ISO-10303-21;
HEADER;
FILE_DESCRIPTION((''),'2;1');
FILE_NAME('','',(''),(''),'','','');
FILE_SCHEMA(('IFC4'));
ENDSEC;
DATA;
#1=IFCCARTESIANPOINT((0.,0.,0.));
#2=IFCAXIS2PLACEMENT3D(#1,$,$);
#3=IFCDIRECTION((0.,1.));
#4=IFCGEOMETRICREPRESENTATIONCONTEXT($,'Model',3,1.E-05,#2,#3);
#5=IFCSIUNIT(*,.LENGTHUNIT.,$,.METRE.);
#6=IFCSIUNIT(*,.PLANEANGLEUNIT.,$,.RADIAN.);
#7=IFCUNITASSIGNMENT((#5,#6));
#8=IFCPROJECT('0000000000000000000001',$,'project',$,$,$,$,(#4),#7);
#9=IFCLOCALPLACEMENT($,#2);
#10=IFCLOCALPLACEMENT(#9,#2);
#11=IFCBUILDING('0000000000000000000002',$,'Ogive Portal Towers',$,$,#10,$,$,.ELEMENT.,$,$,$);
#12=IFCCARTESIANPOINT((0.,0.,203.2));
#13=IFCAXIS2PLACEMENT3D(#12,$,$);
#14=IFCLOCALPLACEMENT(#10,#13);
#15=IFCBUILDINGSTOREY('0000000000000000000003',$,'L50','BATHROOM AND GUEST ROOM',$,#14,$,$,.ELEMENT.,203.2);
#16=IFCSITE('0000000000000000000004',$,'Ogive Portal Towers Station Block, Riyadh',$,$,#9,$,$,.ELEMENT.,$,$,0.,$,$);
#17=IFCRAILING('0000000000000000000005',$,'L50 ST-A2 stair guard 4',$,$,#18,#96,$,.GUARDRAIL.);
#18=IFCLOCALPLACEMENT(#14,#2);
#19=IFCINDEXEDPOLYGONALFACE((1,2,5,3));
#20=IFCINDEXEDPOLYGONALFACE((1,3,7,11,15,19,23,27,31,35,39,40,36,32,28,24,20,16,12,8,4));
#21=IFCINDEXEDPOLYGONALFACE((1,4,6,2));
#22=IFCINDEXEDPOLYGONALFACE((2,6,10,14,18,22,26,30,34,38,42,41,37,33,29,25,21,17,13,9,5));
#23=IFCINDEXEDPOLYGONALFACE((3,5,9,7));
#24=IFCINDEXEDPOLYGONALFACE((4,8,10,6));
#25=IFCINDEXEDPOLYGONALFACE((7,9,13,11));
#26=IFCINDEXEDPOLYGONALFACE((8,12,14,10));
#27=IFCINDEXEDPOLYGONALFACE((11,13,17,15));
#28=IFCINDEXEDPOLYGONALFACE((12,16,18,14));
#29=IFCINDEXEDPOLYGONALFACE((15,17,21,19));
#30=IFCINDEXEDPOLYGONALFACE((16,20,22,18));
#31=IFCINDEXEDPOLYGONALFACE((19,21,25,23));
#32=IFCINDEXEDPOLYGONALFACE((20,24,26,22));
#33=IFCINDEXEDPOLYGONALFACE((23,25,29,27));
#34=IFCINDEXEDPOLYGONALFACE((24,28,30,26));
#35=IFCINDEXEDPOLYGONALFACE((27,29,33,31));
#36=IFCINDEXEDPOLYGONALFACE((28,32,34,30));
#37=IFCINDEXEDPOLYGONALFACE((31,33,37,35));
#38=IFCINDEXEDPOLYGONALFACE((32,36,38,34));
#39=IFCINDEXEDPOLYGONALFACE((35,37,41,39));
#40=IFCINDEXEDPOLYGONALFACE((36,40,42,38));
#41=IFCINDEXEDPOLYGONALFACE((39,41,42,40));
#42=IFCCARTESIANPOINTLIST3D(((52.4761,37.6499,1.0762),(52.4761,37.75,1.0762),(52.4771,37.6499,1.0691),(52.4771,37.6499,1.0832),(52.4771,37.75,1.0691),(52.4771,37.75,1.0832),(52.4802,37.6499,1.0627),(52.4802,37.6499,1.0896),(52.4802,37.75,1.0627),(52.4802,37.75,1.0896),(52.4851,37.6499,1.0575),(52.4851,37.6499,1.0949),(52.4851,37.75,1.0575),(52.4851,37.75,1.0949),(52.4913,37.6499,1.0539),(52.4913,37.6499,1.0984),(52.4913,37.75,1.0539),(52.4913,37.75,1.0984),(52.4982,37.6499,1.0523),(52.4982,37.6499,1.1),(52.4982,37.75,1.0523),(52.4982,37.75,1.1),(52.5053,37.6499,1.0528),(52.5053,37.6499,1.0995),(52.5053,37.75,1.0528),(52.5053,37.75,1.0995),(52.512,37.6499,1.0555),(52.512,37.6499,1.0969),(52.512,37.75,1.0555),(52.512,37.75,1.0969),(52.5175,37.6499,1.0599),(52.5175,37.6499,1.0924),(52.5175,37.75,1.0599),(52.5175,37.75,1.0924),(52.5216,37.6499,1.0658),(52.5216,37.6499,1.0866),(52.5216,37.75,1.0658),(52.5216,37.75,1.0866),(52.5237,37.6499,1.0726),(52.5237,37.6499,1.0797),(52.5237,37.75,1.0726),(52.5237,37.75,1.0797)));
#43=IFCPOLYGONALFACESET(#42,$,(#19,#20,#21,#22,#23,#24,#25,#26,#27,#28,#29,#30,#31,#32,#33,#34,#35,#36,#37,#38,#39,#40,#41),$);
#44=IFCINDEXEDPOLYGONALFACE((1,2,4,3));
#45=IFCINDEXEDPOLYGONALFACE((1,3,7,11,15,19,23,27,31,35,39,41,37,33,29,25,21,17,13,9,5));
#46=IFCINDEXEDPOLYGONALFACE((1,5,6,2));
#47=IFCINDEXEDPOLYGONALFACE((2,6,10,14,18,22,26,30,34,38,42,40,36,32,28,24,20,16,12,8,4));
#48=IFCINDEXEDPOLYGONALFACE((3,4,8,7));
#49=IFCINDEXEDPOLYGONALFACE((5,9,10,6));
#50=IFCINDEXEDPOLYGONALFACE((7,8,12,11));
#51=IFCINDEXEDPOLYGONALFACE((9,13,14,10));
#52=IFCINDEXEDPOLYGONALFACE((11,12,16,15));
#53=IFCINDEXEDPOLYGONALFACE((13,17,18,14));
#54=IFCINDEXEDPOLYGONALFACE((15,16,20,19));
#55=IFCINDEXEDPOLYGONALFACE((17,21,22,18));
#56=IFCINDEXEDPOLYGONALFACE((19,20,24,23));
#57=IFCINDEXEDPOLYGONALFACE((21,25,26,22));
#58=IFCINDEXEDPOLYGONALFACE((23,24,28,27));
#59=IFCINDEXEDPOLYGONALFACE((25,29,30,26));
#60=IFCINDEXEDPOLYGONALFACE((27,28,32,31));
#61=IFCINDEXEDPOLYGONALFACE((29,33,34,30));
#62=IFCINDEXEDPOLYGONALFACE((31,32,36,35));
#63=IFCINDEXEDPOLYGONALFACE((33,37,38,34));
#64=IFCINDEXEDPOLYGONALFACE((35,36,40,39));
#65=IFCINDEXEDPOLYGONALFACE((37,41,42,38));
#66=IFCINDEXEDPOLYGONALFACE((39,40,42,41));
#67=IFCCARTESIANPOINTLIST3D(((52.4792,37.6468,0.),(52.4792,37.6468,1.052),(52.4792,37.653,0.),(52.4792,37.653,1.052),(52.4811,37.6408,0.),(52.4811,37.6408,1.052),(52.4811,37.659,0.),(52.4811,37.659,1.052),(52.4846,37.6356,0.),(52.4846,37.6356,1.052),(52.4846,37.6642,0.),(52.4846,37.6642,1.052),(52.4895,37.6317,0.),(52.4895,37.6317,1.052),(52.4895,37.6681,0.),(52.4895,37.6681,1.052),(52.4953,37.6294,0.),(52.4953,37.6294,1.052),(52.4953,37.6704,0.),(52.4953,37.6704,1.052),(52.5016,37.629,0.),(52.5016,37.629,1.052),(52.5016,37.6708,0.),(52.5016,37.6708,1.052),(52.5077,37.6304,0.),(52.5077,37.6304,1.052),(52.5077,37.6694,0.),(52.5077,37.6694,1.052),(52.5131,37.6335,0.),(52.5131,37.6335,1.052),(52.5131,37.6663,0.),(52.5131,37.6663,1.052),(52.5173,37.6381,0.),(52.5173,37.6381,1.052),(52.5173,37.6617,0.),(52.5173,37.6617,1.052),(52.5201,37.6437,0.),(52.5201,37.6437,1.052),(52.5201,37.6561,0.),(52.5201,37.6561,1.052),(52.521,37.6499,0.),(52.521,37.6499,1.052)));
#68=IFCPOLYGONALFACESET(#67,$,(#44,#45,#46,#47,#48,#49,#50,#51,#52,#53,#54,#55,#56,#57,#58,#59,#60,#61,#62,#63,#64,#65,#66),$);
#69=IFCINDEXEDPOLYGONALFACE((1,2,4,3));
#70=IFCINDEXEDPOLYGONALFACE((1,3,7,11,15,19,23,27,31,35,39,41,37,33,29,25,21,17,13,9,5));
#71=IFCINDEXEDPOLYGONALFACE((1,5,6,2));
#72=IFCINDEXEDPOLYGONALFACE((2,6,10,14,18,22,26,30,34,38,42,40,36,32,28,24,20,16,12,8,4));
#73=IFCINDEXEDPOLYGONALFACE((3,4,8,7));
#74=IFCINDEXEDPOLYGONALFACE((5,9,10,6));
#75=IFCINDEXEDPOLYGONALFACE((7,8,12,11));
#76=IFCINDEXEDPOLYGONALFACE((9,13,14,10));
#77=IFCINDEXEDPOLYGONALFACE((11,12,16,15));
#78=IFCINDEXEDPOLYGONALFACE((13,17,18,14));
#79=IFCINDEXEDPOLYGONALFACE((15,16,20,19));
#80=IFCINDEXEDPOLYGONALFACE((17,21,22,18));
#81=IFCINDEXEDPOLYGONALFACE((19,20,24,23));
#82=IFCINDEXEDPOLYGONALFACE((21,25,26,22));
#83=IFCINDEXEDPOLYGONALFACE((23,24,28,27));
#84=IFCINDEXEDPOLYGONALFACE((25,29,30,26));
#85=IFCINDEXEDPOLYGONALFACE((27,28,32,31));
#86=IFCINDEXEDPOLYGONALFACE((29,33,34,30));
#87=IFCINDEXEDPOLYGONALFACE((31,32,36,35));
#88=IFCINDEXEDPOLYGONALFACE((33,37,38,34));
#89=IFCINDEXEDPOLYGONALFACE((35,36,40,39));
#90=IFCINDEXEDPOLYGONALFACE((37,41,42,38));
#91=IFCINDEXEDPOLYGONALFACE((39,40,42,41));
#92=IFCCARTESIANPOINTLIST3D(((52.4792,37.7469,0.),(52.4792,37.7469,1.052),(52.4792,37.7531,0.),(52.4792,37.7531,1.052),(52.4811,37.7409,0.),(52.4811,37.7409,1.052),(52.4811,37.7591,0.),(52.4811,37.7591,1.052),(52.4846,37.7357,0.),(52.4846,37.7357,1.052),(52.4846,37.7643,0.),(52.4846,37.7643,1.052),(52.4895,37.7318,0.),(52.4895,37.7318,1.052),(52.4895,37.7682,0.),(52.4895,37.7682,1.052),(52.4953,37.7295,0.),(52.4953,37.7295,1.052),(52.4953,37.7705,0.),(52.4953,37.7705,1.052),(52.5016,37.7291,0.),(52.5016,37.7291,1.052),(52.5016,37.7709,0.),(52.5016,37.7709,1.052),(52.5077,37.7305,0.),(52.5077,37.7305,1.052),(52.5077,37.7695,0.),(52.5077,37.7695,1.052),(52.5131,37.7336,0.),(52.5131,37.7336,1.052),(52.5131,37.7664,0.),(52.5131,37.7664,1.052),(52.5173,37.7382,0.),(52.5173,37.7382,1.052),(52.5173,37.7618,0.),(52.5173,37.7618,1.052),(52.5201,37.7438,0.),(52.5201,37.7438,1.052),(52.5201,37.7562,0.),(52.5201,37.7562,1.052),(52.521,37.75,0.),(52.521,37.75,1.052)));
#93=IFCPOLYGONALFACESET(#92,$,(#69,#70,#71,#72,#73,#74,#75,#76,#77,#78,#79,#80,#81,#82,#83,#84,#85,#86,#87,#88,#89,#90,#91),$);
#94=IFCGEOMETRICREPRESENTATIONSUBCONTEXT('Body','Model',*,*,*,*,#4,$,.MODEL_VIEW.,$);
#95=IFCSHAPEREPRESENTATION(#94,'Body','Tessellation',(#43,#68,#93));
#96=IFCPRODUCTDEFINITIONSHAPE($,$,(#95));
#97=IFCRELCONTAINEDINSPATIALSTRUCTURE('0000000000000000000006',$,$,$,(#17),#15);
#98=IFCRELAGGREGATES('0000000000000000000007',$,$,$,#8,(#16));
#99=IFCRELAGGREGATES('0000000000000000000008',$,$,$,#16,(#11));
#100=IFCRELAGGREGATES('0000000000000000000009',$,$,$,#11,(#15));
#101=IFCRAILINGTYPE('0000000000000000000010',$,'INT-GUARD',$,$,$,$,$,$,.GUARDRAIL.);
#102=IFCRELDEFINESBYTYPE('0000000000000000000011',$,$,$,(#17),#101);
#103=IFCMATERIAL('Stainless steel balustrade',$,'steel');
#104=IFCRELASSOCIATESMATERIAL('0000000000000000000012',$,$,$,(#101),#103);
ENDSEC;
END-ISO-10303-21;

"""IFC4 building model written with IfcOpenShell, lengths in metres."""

from ifc_helpers import new_model, si_unit, direction, frame, origin, origin_2d, place, context, subcontext, project, spatial, circle, extrude, material, type_object, element, save


model = new_model("IFC4")

# Units and contexts
model_context = context("Model", 3, precision=1e-05, world=origin(), true_north=direction((0.0, 1.0)))
body_context = subcontext(model_context, "Body", "Model", "MODEL_VIEW")
ifc_project = project(units=[si_unit("LENGTHUNIT", "METRE"), si_unit("PLANEANGLEUNIT", "RADIAN")], contexts=[model_context])

# Site, building, storey
site_placement = place(None, origin())
site = spatial("IfcSite", under=ifc_project, at=site_placement, Name="Ogive Portal Towers Station Block, Riyadh", CompositionType="ELEMENT", RefElevation=0.0)
building_placement = place(site_placement, origin())
building = spatial("IfcBuilding", under=site, at=building_placement, Name="Ogive Portal Towers", CompositionType="ELEMENT")
storey_placement = place(building_placement, frame((0.0, 0.0, 203.2)))
storey = spatial("IfcBuildingStorey", under=building, at=storey_placement, Name="L50", Description="BATHROOM AND GUEST ROOM", CompositionType="ELEMENT", Elevation=203.2)

# Railing
ifc_material_1 = material(Name="Stainless steel balustrade", Category="steel")
railing_type_1 = type_object("IfcRailingType", Name="INT-GUARD", PredefinedType="GUARDRAIL", material=ifc_material_1)
railing_1_placement = place(storey_placement, frame((52.5, 37.6499, 0.0)))
element("IfcRailing", 1, at=railing_1_placement, inside=storey, type_object=railing_type_1, Name="L50 ST-A2 stair guard 4", PredefinedType="GUARDRAIL", context=body_context, shape_type="SweptSolid", body=[
    extrude(circle(Radius=0.0239, at=origin_2d()), frame((0.0, 0.0, 1.0762), z_axis=(0.0, 1.0, 0.0), x_axis=(-1.0, 0.0, 0.0)), (0.0, 0.0, 1.0), 0.1001),
    extrude(circle(Radius=0.021, at=origin_2d()), origin(), (0.0, 0.0, 1.0), 1.052),
    extrude(circle(Radius=0.021, at=origin_2d()), frame((0.0, 0.1001, 0.0)), (0.0, 0.0, 1.0), 1.052),
])

save(model, "model.ifc")
